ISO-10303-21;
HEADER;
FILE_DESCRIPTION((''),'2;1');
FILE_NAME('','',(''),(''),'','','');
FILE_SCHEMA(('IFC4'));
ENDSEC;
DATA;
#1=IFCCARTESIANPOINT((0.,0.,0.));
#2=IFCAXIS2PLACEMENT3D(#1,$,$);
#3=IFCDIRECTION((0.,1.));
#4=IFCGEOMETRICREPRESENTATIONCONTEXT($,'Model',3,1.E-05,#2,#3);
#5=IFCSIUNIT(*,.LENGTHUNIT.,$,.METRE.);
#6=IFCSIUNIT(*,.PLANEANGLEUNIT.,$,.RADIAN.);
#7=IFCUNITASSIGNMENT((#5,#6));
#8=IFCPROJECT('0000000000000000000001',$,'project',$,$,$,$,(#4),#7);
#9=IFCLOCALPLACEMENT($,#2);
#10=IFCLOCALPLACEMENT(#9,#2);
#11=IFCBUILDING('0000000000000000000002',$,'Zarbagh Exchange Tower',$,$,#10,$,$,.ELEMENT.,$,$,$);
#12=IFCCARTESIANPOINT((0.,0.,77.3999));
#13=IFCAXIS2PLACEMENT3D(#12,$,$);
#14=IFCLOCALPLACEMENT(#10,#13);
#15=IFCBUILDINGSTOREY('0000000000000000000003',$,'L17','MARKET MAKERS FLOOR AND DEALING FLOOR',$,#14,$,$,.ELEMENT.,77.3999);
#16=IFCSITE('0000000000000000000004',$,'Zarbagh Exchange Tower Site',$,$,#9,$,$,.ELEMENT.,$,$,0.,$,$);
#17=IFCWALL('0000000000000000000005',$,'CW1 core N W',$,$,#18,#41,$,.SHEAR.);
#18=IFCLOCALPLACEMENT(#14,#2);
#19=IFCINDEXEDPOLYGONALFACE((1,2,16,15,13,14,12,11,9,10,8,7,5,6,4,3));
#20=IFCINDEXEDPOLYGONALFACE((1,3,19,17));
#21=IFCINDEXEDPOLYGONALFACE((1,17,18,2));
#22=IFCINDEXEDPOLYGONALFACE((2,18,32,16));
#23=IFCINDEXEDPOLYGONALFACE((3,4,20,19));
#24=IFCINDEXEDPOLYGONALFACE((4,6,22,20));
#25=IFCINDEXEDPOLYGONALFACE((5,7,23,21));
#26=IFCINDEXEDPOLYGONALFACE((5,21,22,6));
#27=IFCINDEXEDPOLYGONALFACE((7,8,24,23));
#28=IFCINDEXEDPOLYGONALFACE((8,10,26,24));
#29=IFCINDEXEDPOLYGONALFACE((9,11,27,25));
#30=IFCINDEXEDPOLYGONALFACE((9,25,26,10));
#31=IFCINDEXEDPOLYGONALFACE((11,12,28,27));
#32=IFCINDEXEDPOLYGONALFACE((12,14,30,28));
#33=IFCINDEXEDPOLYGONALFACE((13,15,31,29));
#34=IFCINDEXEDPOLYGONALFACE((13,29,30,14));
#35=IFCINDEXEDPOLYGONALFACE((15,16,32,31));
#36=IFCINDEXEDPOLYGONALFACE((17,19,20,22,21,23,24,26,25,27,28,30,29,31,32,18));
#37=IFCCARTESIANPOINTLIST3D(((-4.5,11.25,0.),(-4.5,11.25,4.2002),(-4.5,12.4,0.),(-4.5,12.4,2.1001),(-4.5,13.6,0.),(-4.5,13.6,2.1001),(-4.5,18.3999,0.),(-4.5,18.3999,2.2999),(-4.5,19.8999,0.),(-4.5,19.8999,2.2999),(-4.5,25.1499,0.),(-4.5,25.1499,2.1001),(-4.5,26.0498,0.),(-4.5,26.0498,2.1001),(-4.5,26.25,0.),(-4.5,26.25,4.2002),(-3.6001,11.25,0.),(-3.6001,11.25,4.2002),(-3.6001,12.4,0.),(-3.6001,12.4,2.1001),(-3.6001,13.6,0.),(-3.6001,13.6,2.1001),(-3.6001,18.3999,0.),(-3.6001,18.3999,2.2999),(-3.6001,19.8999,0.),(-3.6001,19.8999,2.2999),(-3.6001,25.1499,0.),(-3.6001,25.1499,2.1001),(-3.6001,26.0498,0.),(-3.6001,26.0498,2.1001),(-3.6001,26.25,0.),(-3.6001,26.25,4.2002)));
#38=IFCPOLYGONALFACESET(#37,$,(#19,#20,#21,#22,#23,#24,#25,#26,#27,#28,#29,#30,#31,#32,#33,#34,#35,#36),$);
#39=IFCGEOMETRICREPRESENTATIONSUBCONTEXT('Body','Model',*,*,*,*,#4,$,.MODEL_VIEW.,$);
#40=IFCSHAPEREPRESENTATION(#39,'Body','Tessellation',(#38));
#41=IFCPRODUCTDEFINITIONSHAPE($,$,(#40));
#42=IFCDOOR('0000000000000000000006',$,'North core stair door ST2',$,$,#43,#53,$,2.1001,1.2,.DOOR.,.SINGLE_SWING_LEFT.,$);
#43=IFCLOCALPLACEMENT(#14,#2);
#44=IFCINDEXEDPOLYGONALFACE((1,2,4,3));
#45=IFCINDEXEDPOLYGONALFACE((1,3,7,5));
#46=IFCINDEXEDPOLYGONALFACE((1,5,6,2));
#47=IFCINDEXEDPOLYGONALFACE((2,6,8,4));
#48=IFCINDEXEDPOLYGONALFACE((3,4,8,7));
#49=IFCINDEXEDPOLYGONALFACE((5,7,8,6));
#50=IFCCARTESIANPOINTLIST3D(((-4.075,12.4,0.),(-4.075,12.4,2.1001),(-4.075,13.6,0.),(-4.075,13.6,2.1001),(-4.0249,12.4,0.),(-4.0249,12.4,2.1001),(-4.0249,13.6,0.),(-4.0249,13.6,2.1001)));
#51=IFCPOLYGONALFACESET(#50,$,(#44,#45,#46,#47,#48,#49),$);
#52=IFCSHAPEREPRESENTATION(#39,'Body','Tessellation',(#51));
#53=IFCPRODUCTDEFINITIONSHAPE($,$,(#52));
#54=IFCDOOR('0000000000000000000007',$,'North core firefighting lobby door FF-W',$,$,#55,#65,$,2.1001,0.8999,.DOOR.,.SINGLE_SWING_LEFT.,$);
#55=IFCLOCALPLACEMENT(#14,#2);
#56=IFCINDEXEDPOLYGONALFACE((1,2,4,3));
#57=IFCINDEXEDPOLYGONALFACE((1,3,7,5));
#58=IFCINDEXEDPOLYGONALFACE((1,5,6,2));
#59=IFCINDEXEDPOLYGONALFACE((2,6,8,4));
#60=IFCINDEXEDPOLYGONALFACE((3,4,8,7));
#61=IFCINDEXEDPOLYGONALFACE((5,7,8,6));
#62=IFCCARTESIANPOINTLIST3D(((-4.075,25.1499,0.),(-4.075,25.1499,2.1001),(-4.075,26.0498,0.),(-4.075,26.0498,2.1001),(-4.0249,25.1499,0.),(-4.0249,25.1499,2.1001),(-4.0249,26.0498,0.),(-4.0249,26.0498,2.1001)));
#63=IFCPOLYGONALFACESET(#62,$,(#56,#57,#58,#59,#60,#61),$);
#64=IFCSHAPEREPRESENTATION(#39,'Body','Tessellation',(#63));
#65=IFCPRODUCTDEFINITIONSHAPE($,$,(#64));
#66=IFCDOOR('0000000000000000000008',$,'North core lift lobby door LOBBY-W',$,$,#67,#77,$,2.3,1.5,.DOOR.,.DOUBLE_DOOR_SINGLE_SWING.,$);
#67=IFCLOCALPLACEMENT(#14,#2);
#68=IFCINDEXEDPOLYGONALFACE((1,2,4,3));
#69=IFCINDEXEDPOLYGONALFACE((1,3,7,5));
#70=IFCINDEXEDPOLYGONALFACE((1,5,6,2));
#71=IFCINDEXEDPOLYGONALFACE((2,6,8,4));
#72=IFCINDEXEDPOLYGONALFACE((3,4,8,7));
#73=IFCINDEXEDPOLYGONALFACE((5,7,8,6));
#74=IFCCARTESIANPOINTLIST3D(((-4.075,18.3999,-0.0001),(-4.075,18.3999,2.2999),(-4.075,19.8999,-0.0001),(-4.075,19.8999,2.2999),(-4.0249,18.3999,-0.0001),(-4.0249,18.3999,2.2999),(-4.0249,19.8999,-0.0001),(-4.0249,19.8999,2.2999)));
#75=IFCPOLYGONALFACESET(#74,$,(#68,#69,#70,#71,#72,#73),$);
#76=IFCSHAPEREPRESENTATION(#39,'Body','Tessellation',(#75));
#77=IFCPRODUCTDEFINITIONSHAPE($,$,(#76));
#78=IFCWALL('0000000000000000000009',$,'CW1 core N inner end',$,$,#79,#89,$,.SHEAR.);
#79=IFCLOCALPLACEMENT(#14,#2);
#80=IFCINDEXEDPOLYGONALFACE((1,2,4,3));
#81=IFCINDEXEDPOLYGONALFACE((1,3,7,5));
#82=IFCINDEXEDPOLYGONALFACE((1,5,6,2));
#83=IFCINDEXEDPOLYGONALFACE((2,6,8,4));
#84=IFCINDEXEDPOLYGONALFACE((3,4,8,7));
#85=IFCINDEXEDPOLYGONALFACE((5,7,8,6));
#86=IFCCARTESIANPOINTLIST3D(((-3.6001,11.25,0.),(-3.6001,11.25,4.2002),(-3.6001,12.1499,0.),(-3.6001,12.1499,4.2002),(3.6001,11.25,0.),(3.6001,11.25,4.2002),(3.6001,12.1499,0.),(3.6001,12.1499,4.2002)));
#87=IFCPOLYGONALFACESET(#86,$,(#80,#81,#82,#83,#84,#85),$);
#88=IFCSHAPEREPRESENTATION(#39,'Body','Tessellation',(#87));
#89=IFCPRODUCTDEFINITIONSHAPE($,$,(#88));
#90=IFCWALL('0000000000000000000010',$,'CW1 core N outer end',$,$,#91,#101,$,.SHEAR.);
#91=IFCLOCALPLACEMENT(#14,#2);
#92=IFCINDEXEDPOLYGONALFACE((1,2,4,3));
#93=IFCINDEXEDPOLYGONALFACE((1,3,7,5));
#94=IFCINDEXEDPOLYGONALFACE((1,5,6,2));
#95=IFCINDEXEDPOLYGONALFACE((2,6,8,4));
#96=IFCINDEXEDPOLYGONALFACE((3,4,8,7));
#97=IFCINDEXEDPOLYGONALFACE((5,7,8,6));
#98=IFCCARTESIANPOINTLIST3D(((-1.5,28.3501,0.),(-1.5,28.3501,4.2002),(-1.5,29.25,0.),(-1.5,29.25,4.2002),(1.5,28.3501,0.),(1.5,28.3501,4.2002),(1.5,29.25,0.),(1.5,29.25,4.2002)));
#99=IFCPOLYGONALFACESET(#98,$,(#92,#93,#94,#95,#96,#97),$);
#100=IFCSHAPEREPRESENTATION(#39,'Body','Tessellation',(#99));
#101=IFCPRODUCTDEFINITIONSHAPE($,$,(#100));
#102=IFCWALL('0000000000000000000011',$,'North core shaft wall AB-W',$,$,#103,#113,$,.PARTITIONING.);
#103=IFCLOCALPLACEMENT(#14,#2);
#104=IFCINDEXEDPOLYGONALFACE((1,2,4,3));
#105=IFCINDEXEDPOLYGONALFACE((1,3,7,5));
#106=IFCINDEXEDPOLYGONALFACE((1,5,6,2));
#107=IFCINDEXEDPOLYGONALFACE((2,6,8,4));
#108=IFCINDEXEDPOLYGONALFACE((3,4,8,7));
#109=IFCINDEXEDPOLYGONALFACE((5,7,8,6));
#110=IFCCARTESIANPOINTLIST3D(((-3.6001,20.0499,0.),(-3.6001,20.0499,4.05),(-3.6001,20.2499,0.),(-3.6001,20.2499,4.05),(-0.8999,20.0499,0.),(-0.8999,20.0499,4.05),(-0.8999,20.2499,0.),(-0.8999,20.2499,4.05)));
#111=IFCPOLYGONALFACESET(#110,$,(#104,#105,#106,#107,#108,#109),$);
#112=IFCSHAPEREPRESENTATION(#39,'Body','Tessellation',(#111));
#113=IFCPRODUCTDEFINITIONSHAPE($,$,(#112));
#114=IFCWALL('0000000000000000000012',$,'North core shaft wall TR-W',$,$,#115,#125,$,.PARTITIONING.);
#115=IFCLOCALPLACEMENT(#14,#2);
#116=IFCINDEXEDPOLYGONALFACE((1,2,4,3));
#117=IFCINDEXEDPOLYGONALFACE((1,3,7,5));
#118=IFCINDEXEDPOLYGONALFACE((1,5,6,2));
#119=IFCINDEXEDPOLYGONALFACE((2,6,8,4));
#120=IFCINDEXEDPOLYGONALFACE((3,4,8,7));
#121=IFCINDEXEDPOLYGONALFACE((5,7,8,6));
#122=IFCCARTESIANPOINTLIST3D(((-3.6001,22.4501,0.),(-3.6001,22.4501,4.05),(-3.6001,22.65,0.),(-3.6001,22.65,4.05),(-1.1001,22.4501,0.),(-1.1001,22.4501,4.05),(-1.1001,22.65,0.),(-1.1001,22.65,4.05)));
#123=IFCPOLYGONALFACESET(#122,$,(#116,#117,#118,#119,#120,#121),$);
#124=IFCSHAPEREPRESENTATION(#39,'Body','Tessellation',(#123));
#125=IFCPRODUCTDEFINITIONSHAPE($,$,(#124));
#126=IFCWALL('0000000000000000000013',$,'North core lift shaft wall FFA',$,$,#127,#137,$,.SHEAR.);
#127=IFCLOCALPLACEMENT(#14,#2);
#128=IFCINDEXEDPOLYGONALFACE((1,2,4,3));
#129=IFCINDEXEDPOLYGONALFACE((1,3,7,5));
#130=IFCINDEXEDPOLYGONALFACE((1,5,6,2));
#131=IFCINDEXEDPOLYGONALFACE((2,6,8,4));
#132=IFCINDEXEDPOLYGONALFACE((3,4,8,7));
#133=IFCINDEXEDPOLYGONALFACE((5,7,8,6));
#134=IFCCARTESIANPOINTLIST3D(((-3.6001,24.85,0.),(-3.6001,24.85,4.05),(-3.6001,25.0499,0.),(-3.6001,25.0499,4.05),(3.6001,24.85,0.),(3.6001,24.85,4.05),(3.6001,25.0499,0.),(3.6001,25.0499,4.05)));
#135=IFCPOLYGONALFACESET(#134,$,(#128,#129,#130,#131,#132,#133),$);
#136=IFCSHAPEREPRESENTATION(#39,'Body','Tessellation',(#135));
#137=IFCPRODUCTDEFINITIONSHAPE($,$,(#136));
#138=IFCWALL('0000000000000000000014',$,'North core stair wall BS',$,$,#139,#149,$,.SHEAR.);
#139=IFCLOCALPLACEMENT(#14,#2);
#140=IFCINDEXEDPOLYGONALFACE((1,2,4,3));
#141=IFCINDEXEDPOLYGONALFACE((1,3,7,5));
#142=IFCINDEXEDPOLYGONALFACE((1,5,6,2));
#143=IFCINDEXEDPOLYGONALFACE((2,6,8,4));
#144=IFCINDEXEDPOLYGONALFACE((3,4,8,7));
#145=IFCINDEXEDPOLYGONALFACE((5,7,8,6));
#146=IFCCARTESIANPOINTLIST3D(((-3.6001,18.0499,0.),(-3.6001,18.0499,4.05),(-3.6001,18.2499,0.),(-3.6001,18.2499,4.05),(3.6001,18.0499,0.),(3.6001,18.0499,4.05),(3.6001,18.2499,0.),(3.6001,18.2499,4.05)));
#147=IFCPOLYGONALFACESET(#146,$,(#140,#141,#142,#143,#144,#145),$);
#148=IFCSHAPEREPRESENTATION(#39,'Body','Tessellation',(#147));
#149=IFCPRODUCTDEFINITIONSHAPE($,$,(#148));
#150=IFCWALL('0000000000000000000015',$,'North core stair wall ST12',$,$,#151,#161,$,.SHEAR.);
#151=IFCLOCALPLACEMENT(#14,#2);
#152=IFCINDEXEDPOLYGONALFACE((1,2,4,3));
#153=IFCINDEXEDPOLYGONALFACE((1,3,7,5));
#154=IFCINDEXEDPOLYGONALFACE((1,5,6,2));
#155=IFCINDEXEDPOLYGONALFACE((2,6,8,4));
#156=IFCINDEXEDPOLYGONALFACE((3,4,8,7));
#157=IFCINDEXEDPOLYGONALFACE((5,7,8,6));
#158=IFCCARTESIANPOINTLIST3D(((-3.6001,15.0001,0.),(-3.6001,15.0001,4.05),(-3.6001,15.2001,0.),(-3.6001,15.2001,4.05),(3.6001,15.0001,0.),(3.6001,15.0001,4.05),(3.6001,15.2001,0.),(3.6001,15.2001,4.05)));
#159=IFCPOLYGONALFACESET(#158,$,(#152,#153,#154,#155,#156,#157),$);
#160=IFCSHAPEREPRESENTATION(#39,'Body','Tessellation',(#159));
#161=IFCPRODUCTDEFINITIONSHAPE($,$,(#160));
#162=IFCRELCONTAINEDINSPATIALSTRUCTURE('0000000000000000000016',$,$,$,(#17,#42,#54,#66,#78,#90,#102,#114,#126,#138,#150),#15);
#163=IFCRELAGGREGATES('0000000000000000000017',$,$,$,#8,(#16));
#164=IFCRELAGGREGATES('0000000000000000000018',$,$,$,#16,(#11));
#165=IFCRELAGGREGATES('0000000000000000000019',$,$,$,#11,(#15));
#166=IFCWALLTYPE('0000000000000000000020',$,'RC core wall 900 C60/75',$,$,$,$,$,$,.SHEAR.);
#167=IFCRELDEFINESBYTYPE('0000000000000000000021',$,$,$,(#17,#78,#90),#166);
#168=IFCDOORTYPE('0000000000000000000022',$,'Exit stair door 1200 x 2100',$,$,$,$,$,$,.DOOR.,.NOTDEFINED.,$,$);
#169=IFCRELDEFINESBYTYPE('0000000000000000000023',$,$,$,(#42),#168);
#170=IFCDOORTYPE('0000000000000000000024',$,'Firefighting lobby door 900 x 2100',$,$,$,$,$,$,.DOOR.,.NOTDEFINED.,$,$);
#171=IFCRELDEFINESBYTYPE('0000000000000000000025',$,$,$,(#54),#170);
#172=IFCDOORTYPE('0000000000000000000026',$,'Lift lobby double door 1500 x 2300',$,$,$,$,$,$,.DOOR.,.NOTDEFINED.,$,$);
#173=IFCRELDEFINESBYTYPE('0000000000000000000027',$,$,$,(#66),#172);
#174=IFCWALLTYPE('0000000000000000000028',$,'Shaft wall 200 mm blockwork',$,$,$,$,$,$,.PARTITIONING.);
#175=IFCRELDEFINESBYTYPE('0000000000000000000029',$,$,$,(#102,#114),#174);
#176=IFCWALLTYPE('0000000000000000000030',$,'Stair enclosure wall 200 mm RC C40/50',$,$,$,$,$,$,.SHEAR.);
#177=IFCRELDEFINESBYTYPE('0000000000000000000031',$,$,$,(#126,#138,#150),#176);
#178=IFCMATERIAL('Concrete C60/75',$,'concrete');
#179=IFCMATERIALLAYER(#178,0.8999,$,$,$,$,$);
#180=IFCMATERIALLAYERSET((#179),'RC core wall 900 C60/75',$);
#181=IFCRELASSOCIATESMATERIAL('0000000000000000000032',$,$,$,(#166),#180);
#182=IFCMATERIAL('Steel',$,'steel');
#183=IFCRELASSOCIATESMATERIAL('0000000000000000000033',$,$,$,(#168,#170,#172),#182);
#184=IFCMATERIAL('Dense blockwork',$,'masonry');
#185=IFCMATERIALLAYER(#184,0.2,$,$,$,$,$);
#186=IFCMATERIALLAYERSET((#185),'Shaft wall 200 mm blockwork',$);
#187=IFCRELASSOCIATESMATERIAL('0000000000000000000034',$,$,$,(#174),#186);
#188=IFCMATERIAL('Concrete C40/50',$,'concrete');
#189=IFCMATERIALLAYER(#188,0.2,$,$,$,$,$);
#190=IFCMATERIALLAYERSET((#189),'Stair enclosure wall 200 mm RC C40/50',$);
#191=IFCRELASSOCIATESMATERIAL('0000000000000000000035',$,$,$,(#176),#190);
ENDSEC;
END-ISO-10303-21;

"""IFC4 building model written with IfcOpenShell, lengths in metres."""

from ifc_helpers import new_model, si_unit, direction, frame, frame_2d, origin, place, context, subcontext, project, spatial, rectangle, extrude, material, layer, layer_set, type_object, element, fill, save


model = new_model("IFC4")

# Units and contexts
model_context = context("Model", 3, precision=1e-05, world=origin(), true_north=direction((0.0, 1.0)))
body_context = subcontext(model_context, "Body", "Model", "MODEL_VIEW")
ifc_project = project(units=[si_unit("LENGTHUNIT", "METRE"), si_unit("PLANEANGLEUNIT", "RADIAN")], contexts=[model_context])

# Site, building, storey
site_placement = place(None, origin())
site = spatial("IfcSite", under=ifc_project, at=site_placement, Name="Zarbagh Exchange Tower Site", CompositionType="ELEMENT", RefElevation=0.0)
building_placement = place(site_placement, origin())
building = spatial("IfcBuilding", under=site, at=building_placement, Name="Zarbagh Exchange Tower", CompositionType="ELEMENT")
storey_placement = place(building_placement, frame((0.0, 0.0, 77.3999)))
storey = spatial("IfcBuildingStorey", under=building, at=storey_placement, Name="L17", Description="MARKET MAKERS FLOOR AND DEALING FLOOR", CompositionType="ELEMENT", Elevation=77.3999)

# Shared definitions
ifc_material_1 = material(Name="Concrete C60/75", Category="concrete")

# Wall, openings, doors
ifc_layer_1 = layer(ifc_material_1, 0.8999)
ifc_layer_set_1 = layer_set([ifc_layer_1], Name="RC core wall 900 C60/75")
wall_type_1 = type_object("IfcWallType", Name="RC core wall 900 C60/75", PredefinedType="SHEAR", material=ifc_layer_set_1)
wall_1_placement = place(storey_placement, frame((-4.05, 11.25, 0.0), z_axis=(0.0, 0.0, 1.0), x_axis=(0.0, 1.0, 0.0)))
wall_1 = element("IfcWall", 1, at=wall_1_placement, inside=storey, type_object=wall_type_1, Name="CW1 core N W", PredefinedType="SHEAR", context=body_context, shape_type="SweptSolid", body=[
    extrude(rectangle(XDim=15.0, YDim=0.8999, at=frame_2d((7.5, 0.0))), origin(), (0.0, 0.0, 1.0), 4.2002),
])
opening_1_placement = place(wall_1_placement, frame((7.1499, 0.0, 0.0)))
opening_1 = element("IfcOpeningElement", 2, at=opening_1_placement, cuts=wall_1, PredefinedType="OPENING", context=body_context, shape_type="SweptSolid", body=[
    extrude(rectangle(XDim=1.5, YDim=2.3, at=frame_2d((0.75, 1.1499))), frame((0.0, 0.46, 0.0), z_axis=(0.0, -1.0, 0.0), x_axis=(1.0, 0.0, 0.0)), (0.0, 0.0, 1.0), 0.9199),
])
opening_2_placement = place(wall_1_placement, frame((13.8999, 0.0, 0.0)))
opening_2 = element("IfcOpeningElement", 3, at=opening_2_placement, cuts=wall_1, PredefinedType="OPENING", context=body_context, shape_type="SweptSolid", body=[
    extrude(rectangle(XDim=0.8999, YDim=2.1001, at=frame_2d((0.45, 1.05))), frame((0.0, 0.46, 0.0), z_axis=(0.0, -1.0, 0.0), x_axis=(1.0, 0.0, 0.0)), (0.0, 0.0, 1.0), 0.9199),
])
opening_3_placement = place(wall_1_placement, frame((1.1499, 0.0, 0.0)))
opening_3 = element("IfcOpeningElement", 4, at=opening_3_placement, cuts=wall_1, PredefinedType="OPENING", context=body_context, shape_type="SweptSolid", body=[
    extrude(rectangle(XDim=1.2, YDim=2.1001, at=frame_2d((0.6001, 1.05))), frame((0.0, 0.46, 0.0), z_axis=(0.0, -1.0, 0.0), x_axis=(1.0, 0.0, 0.0)), (0.0, 0.0, 1.0), 0.9199),
])
ifc_material_2 = material(Name="Steel", Category="steel")
door_type_1 = type_object("IfcDoorType", Name="Exit stair door 1200 x 2100", OperationType="NOTDEFINED", PredefinedType="DOOR", material=ifc_material_2)
door_1_placement = place(opening_3_placement, origin())
door_1 = element("IfcDoor", 5, at=door_1_placement, inside=storey, type_object=door_type_1, Name="North core stair door ST2", OperationType="SINGLE_SWING_LEFT", OverallHeight=2.1001, OverallWidth=1.2, PredefinedType="DOOR", context=body_context, shape_type="SweptSolid", body=[
    extrude(rectangle(XDim=1.2, YDim=2.1001, at=frame_2d((0.6001, 1.05))), frame((0.0, 0.0249, 0.0), z_axis=(0.0, -1.0, 0.0), x_axis=(1.0, 0.0, 0.0)), (0.0, 0.0, 1.0), 0.05),
])
fill(opening_3, door_1)
door_type_2 = type_object("IfcDoorType", Name="Firefighting lobby door 900 x 2100", OperationType="NOTDEFINED", PredefinedType="DOOR", material=ifc_material_2)
door_2_placement = place(opening_2_placement, origin())
door_2 = element("IfcDoor", 6, at=door_2_placement, inside=storey, type_object=door_type_2, Name="North core firefighting lobby door FF-W", OperationType="SINGLE_SWING_LEFT", OverallHeight=2.1001, OverallWidth=0.8999, PredefinedType="DOOR", context=body_context, shape_type="SweptSolid", body=[
    extrude(rectangle(XDim=0.8999, YDim=2.1001, at=frame_2d((0.45, 1.05))), frame((0.0, 0.0249, 0.0), z_axis=(0.0, -1.0, 0.0), x_axis=(1.0, 0.0, 0.0)), (0.0, 0.0, 1.0), 0.05),
])
fill(opening_2, door_2)
door_type_3 = type_object("IfcDoorType", Name="Lift lobby double door 1500 x 2300", OperationType="NOTDEFINED", PredefinedType="DOOR", material=ifc_material_2)
door_3_placement = place(opening_1_placement, origin())
door_3 = element("IfcDoor", 7, at=door_3_placement, inside=storey, type_object=door_type_3, Name="North core lift lobby door LOBBY-W", OperationType="DOUBLE_DOOR_SINGLE_SWING", OverallHeight=2.3, OverallWidth=1.5, PredefinedType="DOOR", context=body_context, shape_type="SweptSolid", body=[
    extrude(rectangle(XDim=1.5, YDim=2.3, at=frame_2d((0.75, 1.1499))), frame((0.0, 0.0249, 0.0), z_axis=(0.0, -1.0, 0.0), x_axis=(1.0, 0.0, 0.0)), (0.0, 0.0, 1.0), 0.05),
])
fill(opening_1, door_3)

# Walls
wall_2_placement = place(storey_placement, frame((-3.6001, 11.7, 0.0), z_axis=(0.0, 0.0, 1.0), x_axis=(1.0, 0.0, 0.0)))
element("IfcWall", 8, at=wall_2_placement, inside=storey, type_object=wall_type_1, Name="CW1 core N inner end", PredefinedType="SHEAR", context=body_context, shape_type="SweptSolid", body=[
    extrude(rectangle(XDim=7.2002, YDim=0.8999, at=frame_2d((3.6001, 0.0))), origin(), (0.0, 0.0, 1.0), 4.2002),
])
wall_3_placement = place(storey_placement, frame((-1.5, 28.8, 0.0), z_axis=(0.0, 0.0, 1.0), x_axis=(1.0, 0.0, 0.0)))
element("IfcWall", 9, at=wall_3_placement, inside=storey, type_object=wall_type_1, Name="CW1 core N outer end", PredefinedType="SHEAR", context=body_context, shape_type="SweptSolid", body=[
    extrude(rectangle(XDim=3.0, YDim=0.8999, at=frame_2d((1.5, 0.0))), origin(), (0.0, 0.0, 1.0), 4.2002),
])
ifc_material_3 = material(Name="Dense blockwork", Category="masonry")
ifc_layer_2 = layer(ifc_material_3, 0.2)
ifc_layer_set_2 = layer_set([ifc_layer_2], Name="Shaft wall 200 mm blockwork")
wall_type_2 = type_object("IfcWallType", Name="Shaft wall 200 mm blockwork", PredefinedType="PARTITIONING", material=ifc_layer_set_2)
wall_4_placement = place(storey_placement, frame((-3.6001, 20.1499, 0.0), z_axis=(0.0, 0.0, 1.0), x_axis=(1.0, 0.0, 0.0)))
element("IfcWall", 10, at=wall_4_placement, inside=storey, type_object=wall_type_2, Name="North core shaft wall AB-W", PredefinedType="PARTITIONING", context=body_context, shape_type="SweptSolid", body=[
    extrude(rectangle(XDim=2.7002, YDim=0.2, at=frame_2d((1.3501, 0.0))), origin(), (0.0, 0.0, 1.0), 4.05),
])
wall_5_placement = place(storey_placement, frame((-3.6001, 22.55, 0.0), z_axis=(0.0, 0.0, 1.0), x_axis=(1.0, 0.0, 0.0)))
element("IfcWall", 11, at=wall_5_placement, inside=storey, type_object=wall_type_2, Name="North core shaft wall TR-W", PredefinedType="PARTITIONING", context=body_context, shape_type="SweptSolid", body=[
    extrude(rectangle(XDim=2.5, YDim=0.2, at=frame_2d((1.25, 0.0))), origin(), (0.0, 0.0, 1.0), 4.05),
])
ifc_material_4 = material(Name="Concrete C40/50", Category="concrete")
ifc_layer_3 = layer(ifc_material_4, 0.2)
ifc_layer_set_3 = layer_set([ifc_layer_3], Name="Stair enclosure wall 200 mm RC C40/50")
wall_type_3 = type_object("IfcWallType", Name="Stair enclosure wall 200 mm RC C40/50", PredefinedType="SHEAR", material=ifc_layer_set_3)
for number, where, z_axis, x_axis, name in (
    (12, (-3.6001, 24.95, 0.0), (0.0, 0.0, 1.0), (1.0, 0.0, 0.0), "North core lift shaft wall FFA"),
    (13, (-3.6001, 18.1499, 0.0), (0.0, 0.0, 1.0), (1.0, 0.0, 0.0), "North core stair wall BS"),
    (14, (-3.6001, 15.1001, 0.0), (0.0, 0.0, 1.0), (1.0, 0.0, 0.0), "North core stair wall ST12"),
):
    element("IfcWall", number, at=place(storey_placement, frame(where, z_axis=z_axis, x_axis=x_axis)), inside=storey, type_object=wall_type_3, Name=name, PredefinedType="SHEAR", context=body_context, shape_type="SweptSolid", body=[
        extrude(rectangle(XDim=7.2002, YDim=0.2, at=frame_2d((3.6001, 0.0))), origin(), (0.0, 0.0, 1.0), 4.05),
    ])

save(model, "model.ifc")
